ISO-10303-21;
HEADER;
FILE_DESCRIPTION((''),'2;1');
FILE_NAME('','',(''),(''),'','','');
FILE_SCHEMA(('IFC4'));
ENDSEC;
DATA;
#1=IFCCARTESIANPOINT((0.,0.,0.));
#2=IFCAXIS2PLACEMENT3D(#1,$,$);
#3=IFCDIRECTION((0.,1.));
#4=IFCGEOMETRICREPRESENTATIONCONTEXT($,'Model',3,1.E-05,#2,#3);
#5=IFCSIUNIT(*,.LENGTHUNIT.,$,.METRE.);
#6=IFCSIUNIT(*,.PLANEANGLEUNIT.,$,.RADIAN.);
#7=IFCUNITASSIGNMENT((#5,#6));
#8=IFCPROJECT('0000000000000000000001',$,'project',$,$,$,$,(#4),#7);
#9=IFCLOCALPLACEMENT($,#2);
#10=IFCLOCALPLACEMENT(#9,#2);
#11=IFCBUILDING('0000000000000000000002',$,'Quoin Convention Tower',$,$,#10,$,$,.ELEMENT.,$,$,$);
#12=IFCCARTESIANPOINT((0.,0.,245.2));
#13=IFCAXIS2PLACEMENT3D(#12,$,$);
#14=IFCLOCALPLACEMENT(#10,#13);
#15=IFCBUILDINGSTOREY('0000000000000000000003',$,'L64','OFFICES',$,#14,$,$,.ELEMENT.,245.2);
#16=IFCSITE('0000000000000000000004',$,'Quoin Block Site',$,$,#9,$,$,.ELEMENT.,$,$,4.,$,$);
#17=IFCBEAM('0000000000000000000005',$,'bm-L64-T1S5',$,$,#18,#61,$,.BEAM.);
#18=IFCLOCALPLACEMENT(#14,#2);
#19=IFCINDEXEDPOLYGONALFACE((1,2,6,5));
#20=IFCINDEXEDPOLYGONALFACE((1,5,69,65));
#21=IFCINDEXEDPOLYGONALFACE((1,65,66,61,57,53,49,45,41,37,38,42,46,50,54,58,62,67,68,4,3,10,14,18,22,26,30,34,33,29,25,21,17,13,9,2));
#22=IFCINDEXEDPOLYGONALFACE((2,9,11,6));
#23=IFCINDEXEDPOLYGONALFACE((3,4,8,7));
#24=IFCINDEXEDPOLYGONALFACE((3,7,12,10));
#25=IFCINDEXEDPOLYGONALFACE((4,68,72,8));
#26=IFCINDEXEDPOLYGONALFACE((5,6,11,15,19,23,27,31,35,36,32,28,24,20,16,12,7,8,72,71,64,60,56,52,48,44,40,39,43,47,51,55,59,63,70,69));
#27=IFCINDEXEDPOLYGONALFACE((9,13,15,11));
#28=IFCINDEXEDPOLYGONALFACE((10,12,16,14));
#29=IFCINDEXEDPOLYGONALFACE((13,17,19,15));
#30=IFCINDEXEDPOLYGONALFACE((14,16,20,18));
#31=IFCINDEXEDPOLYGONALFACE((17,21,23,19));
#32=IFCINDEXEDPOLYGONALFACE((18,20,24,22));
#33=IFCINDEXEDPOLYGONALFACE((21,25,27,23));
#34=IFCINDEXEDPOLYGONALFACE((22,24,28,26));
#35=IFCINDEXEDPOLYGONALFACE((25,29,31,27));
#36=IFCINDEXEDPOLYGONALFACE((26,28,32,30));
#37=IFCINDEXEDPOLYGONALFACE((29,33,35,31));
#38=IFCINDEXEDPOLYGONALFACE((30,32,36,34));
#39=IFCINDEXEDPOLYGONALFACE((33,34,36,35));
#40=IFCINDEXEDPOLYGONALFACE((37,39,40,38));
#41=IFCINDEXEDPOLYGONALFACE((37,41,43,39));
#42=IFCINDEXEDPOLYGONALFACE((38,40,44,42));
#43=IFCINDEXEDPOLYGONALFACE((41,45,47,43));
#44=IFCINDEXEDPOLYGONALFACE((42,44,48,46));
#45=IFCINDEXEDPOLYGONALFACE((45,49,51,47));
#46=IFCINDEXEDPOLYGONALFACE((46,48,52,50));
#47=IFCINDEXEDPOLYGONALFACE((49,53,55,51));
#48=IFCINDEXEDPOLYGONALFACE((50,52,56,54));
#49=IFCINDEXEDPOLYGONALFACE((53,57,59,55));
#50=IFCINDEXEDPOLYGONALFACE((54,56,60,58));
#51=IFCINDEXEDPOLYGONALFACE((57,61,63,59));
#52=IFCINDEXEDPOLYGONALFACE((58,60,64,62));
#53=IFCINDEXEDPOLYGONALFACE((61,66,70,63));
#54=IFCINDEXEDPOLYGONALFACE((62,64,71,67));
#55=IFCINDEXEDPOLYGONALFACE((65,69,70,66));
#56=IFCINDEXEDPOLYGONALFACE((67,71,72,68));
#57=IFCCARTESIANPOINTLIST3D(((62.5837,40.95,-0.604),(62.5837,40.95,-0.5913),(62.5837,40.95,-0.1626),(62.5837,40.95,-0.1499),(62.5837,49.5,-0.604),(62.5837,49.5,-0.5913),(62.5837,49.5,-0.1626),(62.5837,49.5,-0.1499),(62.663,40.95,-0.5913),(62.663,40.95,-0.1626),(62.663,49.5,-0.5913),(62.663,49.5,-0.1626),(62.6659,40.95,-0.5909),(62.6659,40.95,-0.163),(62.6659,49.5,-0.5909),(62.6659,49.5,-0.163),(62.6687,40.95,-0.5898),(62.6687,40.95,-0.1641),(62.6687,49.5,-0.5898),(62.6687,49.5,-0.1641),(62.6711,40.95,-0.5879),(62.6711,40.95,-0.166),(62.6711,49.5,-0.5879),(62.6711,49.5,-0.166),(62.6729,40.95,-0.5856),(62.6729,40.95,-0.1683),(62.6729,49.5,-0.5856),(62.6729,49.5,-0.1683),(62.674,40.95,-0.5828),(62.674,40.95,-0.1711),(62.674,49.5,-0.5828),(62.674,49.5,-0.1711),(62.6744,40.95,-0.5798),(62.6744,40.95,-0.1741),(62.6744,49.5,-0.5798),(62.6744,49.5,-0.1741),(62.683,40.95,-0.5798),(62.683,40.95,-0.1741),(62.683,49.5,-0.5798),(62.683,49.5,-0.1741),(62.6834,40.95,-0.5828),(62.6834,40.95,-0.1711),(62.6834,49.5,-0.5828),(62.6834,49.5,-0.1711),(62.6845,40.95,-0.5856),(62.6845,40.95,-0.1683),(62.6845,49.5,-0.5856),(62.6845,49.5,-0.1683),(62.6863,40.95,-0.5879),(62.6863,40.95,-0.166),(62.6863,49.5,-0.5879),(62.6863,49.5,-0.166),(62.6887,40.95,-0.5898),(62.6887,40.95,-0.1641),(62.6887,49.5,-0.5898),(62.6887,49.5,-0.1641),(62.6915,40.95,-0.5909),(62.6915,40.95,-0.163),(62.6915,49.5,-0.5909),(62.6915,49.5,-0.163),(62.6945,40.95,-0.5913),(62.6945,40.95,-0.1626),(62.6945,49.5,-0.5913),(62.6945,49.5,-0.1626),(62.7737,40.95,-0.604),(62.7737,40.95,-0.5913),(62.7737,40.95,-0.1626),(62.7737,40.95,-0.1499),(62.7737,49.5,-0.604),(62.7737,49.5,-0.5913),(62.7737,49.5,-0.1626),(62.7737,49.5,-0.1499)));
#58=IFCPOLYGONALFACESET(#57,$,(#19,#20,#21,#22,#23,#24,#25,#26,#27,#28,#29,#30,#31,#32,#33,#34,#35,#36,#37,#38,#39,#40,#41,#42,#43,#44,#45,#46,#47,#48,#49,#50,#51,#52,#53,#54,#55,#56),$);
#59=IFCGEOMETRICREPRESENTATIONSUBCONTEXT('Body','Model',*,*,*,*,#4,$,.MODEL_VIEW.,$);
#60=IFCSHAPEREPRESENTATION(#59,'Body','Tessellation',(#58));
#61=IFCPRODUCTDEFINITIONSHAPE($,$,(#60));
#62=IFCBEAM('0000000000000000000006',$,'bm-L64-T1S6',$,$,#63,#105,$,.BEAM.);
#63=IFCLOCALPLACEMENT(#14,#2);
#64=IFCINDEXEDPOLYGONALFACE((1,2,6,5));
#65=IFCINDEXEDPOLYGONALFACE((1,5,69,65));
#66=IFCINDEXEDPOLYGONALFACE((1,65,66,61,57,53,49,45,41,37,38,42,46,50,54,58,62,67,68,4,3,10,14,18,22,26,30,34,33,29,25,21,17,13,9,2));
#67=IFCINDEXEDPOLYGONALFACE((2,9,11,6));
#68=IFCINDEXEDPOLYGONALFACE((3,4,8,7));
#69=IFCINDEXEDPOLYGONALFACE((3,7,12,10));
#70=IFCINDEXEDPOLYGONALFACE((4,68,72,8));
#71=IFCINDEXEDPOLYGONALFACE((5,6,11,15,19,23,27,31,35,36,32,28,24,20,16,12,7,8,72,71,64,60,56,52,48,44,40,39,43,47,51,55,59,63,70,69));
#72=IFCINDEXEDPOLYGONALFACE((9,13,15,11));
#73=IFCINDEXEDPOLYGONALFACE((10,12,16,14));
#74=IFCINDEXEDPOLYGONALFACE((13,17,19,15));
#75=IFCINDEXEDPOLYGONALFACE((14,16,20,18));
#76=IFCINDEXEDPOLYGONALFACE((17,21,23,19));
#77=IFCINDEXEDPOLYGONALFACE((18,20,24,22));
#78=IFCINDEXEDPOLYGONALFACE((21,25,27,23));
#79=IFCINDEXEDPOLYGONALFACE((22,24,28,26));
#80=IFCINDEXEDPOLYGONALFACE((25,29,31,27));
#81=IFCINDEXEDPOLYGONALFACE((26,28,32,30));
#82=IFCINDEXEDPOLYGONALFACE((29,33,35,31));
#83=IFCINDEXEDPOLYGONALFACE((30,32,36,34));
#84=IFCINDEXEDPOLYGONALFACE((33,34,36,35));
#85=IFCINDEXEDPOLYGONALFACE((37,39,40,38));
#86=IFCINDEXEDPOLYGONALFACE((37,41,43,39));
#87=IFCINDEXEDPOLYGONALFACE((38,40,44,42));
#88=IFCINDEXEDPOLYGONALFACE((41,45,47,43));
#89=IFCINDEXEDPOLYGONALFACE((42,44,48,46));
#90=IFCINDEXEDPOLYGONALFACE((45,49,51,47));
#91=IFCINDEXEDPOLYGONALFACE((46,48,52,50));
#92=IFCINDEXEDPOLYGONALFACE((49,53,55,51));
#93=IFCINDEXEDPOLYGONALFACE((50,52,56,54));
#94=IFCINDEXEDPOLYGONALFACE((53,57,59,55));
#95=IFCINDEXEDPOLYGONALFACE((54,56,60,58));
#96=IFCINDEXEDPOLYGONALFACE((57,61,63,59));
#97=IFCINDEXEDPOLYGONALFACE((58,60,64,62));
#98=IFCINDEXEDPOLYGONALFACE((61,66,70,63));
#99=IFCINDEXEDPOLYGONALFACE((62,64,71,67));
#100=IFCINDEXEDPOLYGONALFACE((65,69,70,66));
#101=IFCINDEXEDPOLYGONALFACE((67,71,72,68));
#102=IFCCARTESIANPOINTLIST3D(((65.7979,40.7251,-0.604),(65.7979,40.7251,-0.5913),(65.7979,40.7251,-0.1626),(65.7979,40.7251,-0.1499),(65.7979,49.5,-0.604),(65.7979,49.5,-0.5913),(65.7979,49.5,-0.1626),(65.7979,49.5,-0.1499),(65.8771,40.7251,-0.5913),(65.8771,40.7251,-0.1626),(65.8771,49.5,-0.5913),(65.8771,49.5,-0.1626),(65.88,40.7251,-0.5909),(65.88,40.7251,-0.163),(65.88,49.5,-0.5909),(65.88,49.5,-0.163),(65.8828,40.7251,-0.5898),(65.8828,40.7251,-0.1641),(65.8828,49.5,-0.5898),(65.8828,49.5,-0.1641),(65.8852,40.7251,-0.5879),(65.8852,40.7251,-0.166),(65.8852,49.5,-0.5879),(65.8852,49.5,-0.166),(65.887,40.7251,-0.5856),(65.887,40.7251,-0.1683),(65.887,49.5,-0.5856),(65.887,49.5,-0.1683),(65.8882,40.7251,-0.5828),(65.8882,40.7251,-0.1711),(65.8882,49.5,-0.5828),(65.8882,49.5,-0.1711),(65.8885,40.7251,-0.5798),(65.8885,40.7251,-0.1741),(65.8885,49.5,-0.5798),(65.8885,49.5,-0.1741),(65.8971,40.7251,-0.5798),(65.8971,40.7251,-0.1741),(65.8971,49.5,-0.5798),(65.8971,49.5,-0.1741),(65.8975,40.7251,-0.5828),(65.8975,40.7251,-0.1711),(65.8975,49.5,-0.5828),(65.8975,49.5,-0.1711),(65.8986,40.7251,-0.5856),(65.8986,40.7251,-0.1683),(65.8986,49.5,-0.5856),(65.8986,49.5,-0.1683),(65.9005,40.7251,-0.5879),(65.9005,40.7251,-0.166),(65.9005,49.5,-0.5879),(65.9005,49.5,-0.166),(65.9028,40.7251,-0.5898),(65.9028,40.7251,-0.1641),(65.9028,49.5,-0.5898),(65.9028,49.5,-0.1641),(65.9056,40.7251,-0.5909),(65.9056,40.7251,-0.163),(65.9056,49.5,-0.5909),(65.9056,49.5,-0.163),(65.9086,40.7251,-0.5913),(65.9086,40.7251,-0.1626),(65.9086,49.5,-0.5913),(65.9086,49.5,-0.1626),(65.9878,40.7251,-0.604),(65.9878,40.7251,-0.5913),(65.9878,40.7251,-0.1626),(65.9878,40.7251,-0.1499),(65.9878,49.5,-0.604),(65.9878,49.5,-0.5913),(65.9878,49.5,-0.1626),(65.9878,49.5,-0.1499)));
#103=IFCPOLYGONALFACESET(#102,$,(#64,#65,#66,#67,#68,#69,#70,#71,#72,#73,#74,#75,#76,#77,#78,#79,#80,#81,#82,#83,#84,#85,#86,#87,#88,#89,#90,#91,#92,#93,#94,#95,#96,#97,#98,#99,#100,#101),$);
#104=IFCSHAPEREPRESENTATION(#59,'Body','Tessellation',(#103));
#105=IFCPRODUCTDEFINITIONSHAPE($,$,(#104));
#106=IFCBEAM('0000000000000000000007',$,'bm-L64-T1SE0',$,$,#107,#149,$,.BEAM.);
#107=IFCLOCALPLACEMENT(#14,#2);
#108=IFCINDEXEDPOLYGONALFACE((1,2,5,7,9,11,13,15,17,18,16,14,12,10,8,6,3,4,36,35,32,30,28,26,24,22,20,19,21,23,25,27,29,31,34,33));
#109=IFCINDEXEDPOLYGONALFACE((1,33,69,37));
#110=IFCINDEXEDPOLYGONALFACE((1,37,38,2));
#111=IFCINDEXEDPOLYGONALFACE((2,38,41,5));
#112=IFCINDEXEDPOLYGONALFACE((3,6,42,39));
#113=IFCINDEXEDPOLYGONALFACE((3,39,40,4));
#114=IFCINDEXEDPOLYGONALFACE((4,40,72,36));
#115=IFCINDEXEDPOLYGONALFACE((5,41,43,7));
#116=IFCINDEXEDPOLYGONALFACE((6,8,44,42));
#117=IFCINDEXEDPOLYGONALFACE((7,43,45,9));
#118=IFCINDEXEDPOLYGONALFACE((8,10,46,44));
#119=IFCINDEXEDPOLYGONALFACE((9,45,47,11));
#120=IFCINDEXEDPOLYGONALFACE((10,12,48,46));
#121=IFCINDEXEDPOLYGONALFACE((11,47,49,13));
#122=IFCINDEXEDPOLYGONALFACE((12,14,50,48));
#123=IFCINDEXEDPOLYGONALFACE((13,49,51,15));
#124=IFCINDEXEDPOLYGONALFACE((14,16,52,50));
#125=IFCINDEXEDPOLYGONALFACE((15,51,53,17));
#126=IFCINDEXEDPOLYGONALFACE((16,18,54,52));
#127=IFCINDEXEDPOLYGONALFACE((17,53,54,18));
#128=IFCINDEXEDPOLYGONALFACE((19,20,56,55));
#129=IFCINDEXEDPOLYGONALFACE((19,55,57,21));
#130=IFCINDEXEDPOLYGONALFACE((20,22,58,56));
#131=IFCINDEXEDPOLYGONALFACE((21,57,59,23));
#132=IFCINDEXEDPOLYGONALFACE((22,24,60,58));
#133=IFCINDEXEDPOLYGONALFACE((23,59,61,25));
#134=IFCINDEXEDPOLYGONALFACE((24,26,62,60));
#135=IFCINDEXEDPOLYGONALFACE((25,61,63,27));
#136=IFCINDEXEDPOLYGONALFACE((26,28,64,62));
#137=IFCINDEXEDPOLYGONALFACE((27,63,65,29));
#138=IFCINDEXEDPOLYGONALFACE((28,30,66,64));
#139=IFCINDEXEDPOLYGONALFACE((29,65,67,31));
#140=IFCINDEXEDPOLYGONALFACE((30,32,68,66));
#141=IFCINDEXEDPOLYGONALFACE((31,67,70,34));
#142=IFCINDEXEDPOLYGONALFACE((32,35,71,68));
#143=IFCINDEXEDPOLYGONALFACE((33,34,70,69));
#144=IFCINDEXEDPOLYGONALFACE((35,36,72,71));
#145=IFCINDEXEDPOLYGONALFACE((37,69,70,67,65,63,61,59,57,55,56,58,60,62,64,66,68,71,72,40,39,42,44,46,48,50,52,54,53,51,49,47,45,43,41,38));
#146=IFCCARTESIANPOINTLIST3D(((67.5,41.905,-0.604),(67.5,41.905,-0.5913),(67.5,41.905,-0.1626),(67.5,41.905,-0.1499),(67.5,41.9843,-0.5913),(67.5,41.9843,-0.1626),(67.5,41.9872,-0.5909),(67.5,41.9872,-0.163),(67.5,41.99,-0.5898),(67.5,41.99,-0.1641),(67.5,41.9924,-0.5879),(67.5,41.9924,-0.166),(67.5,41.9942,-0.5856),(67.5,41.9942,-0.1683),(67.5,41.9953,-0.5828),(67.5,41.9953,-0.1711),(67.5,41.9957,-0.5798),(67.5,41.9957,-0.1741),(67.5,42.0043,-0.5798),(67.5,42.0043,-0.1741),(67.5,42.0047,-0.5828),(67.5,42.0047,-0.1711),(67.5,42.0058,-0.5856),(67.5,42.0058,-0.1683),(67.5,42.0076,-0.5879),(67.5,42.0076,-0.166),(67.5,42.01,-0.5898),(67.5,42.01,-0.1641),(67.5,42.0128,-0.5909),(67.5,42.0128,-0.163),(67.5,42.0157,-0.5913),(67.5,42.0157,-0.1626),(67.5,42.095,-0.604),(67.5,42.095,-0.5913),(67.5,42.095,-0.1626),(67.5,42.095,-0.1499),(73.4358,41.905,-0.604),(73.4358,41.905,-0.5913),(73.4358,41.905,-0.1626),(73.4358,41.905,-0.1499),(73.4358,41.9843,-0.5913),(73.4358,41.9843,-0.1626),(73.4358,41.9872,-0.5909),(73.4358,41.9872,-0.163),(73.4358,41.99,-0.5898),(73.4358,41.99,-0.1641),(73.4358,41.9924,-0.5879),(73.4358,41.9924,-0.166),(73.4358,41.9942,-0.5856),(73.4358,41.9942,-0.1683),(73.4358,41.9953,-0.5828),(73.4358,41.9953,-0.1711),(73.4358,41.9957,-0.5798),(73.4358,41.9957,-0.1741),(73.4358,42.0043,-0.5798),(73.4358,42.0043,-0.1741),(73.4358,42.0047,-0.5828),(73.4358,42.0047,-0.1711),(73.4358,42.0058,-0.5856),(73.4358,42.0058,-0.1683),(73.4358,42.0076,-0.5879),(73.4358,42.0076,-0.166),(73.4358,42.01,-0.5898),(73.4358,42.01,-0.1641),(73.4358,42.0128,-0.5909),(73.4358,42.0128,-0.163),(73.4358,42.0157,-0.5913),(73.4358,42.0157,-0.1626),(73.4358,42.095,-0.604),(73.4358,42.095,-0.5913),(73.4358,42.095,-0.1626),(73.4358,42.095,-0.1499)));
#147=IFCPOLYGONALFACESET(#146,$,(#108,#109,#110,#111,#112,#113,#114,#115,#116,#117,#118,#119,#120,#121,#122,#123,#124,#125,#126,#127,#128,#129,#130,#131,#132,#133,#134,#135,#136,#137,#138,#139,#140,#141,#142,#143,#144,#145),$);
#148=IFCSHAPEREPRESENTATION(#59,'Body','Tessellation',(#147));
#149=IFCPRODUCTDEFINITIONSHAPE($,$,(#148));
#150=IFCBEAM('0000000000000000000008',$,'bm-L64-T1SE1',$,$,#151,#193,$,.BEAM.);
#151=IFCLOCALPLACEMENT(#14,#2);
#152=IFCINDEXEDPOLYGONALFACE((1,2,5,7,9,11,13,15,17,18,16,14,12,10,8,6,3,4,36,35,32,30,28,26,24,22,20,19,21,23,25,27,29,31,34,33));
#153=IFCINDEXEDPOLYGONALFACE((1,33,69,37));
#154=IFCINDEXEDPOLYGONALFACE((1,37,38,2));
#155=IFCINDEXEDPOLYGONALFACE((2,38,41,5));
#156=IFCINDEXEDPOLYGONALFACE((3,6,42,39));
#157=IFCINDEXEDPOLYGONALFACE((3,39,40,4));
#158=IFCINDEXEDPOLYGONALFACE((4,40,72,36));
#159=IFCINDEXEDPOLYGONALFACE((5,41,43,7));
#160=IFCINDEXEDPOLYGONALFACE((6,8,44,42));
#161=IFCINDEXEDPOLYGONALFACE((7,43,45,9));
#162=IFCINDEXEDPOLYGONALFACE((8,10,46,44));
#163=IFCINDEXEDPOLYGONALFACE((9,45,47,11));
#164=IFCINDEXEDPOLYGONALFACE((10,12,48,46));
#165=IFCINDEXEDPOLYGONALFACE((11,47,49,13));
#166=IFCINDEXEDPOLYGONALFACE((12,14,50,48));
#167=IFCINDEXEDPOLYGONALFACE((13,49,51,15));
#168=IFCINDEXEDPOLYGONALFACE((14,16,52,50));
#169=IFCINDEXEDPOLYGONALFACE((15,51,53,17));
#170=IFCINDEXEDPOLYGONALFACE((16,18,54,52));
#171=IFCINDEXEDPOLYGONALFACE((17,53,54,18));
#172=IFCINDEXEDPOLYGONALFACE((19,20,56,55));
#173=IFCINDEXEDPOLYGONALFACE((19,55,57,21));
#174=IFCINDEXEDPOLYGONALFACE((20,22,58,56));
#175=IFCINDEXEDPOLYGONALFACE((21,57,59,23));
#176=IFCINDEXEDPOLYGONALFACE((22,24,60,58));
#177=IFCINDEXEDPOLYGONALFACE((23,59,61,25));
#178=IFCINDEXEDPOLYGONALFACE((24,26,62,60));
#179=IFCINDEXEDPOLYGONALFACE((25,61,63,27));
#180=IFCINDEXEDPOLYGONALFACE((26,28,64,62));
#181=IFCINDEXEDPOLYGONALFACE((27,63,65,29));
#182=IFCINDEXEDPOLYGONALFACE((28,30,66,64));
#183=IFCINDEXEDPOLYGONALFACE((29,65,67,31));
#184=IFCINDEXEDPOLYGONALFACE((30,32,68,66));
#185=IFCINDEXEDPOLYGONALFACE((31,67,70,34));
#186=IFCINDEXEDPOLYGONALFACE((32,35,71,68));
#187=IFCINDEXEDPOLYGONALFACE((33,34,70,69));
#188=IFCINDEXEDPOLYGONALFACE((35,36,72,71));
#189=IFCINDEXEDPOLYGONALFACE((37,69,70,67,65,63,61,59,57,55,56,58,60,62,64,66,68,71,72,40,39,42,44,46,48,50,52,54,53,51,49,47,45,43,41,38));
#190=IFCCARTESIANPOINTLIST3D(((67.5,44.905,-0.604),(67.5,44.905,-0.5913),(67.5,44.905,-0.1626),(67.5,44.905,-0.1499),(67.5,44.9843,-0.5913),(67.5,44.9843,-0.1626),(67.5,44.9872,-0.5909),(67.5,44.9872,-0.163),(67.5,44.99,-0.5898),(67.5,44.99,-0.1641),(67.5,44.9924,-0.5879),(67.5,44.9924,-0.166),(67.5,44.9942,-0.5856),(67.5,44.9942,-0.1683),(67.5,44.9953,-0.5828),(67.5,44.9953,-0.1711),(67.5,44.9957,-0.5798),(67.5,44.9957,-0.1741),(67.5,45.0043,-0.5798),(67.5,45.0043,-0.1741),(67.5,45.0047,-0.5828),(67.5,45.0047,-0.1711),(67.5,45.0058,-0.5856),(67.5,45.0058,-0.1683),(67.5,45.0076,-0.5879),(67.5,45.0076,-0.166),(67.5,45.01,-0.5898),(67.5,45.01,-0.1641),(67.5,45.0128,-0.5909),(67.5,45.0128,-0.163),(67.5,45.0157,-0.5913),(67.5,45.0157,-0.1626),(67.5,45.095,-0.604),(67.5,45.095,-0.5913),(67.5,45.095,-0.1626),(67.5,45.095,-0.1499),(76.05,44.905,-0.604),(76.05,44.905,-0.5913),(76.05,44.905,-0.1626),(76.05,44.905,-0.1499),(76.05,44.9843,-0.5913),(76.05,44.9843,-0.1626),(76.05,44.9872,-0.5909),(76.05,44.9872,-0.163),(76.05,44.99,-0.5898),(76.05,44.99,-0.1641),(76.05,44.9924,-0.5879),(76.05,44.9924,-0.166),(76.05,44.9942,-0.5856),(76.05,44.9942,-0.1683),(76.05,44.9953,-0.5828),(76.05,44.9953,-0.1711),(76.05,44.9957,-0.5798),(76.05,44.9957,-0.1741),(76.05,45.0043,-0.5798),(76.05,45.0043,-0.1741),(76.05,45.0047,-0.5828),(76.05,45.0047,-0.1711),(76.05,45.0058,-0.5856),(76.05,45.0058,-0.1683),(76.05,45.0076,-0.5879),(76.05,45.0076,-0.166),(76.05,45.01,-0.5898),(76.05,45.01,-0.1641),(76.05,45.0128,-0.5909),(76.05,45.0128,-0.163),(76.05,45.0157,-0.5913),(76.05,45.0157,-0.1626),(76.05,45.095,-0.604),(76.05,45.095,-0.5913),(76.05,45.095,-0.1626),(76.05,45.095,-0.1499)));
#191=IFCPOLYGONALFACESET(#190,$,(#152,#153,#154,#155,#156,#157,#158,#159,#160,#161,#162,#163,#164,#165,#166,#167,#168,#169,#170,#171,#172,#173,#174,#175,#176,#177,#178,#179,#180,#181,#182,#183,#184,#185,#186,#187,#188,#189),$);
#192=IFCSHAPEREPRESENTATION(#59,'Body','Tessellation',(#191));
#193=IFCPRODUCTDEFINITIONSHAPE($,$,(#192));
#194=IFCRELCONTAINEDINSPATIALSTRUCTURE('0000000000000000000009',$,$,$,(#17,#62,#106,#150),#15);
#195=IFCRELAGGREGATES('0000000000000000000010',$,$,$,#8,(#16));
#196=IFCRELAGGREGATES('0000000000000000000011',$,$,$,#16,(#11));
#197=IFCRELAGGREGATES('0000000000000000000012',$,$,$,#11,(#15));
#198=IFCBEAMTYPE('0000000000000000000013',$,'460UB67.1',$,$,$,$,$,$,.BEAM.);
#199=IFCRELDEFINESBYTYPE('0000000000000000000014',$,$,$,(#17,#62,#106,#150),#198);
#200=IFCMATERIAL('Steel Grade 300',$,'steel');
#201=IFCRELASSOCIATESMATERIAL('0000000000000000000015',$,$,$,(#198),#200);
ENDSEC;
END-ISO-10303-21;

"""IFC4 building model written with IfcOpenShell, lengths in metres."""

from ifc_helpers import new_model, si_unit, direction, frame, origin, origin_2d, place, context, subcontext, project, spatial, i_section, extrude, material, material_profile, profile_set, type_object, element, save


model = new_model("IFC4")

# Units and contexts
model_context = context("Model", 3, precision=1e-05, world=origin(), true_north=direction((0.0, 1.0)))
body_context = subcontext(model_context, "Body", "Model", "MODEL_VIEW")
ifc_project = project(units=[si_unit("LENGTHUNIT", "METRE"), si_unit("PLANEANGLEUNIT", "RADIAN")], contexts=[model_context])

# Site, building, storey
site_placement = place(None, origin())
site = spatial("IfcSite", under=ifc_project, at=site_placement, Name="Quoin Block Site", CompositionType="ELEMENT", RefElevation=4.0)
building_placement = place(site_placement, origin())
building = spatial("IfcBuilding", under=site, at=building_placement, Name="Quoin Convention Tower", CompositionType="ELEMENT")
storey_placement = place(building_placement, frame((0.0, 0.0, 245.2)))
storey = spatial("IfcBuildingStorey", under=building, at=storey_placement, Name="L64", Description="OFFICES", CompositionType="ELEMENT", Elevation=245.2)

# Beams
ifc_material_1 = material(Name="Steel Grade 300", Category="steel")
ifc_material_profile_1 = material_profile(ifc_material_1, i_section(OverallWidth=0.1899, OverallDepth=0.4541, WebThickness=0.0085, FlangeThickness=0.0127, FilletRadius=0.0115, at=origin_2d()), Name="460UB67.1")
ifc_profile_set_1 = profile_set([ifc_material_profile_1], Name="Steel Grade 300")
beam_type_1 = type_object("IfcBeamType", Name="460UB67.1", PredefinedType="BEAM", material=ifc_profile_set_1)
beam_1_placement = place(storey_placement, frame((62.6787, 40.95, -0.377), z_axis=(0.0, 1.0, 0.0), x_axis=(-1.0, 0.0, 0.0)))
element("IfcBeam", 1, at=beam_1_placement, inside=storey, type_object=beam_type_1, Name="bm-L64-T1S5", PredefinedType="BEAM", context=body_context, shape_type="SweptSolid", body=[
    extrude(i_section(OverallWidth=0.1899, OverallDepth=0.4541, WebThickness=0.0085, FlangeThickness=0.0127, FilletRadius=0.0115, at=origin_2d()), origin(), (0.0, 0.0, 1.0), 8.55),
])
beam_2_placement = place(storey_placement, frame((65.8928, 40.7251, -0.377), z_axis=(0.0, 1.0, 0.0), x_axis=(-1.0, 0.0, 0.0)))
element("IfcBeam", 2, at=beam_2_placement, inside=storey, type_object=beam_type_1, Name="bm-L64-T1S6", PredefinedType="BEAM", context=body_context, shape_type="SweptSolid", body=[
    extrude(i_section(OverallWidth=0.1899, OverallDepth=0.4541, WebThickness=0.0085, FlangeThickness=0.0127, FilletRadius=0.0115, at=origin_2d()), origin(), (0.0, 0.0, 1.0), 8.7749),
])
beam_3_placement = place(storey_placement, frame((67.5, 42.0, -0.377), z_axis=(1.0, 0.0, 0.0), x_axis=(0.0, 1.0, 0.0)))
element("IfcBeam", 3, at=beam_3_placement, inside=storey, type_object=beam_type_1, Name="bm-L64-T1SE0", PredefinedType="BEAM", context=body_context, shape_type="SweptSolid", body=[
    extrude(i_section(OverallWidth=0.1899, OverallDepth=0.4541, WebThickness=0.0085, FlangeThickness=0.0127, FilletRadius=0.0115, at=origin_2d()), origin(), (0.0, 0.0, 1.0), 5.9358),
])
beam_4_placement = place(storey_placement, frame((67.5, 45.0, -0.377), z_axis=(1.0, 0.0, 0.0), x_axis=(0.0, 1.0, 0.0)))
element("IfcBeam", 4, at=beam_4_placement, inside=storey, type_object=beam_type_1, Name="bm-L64-T1SE1", PredefinedType="BEAM", context=body_context, shape_type="SweptSolid", body=[
    extrude(i_section(OverallWidth=0.1899, OverallDepth=0.4541, WebThickness=0.0085, FlangeThickness=0.0127, FilletRadius=0.0115, at=origin_2d()), origin(), (0.0, 0.0, 1.0), 8.55),
])

save(model, "model.ifc")
